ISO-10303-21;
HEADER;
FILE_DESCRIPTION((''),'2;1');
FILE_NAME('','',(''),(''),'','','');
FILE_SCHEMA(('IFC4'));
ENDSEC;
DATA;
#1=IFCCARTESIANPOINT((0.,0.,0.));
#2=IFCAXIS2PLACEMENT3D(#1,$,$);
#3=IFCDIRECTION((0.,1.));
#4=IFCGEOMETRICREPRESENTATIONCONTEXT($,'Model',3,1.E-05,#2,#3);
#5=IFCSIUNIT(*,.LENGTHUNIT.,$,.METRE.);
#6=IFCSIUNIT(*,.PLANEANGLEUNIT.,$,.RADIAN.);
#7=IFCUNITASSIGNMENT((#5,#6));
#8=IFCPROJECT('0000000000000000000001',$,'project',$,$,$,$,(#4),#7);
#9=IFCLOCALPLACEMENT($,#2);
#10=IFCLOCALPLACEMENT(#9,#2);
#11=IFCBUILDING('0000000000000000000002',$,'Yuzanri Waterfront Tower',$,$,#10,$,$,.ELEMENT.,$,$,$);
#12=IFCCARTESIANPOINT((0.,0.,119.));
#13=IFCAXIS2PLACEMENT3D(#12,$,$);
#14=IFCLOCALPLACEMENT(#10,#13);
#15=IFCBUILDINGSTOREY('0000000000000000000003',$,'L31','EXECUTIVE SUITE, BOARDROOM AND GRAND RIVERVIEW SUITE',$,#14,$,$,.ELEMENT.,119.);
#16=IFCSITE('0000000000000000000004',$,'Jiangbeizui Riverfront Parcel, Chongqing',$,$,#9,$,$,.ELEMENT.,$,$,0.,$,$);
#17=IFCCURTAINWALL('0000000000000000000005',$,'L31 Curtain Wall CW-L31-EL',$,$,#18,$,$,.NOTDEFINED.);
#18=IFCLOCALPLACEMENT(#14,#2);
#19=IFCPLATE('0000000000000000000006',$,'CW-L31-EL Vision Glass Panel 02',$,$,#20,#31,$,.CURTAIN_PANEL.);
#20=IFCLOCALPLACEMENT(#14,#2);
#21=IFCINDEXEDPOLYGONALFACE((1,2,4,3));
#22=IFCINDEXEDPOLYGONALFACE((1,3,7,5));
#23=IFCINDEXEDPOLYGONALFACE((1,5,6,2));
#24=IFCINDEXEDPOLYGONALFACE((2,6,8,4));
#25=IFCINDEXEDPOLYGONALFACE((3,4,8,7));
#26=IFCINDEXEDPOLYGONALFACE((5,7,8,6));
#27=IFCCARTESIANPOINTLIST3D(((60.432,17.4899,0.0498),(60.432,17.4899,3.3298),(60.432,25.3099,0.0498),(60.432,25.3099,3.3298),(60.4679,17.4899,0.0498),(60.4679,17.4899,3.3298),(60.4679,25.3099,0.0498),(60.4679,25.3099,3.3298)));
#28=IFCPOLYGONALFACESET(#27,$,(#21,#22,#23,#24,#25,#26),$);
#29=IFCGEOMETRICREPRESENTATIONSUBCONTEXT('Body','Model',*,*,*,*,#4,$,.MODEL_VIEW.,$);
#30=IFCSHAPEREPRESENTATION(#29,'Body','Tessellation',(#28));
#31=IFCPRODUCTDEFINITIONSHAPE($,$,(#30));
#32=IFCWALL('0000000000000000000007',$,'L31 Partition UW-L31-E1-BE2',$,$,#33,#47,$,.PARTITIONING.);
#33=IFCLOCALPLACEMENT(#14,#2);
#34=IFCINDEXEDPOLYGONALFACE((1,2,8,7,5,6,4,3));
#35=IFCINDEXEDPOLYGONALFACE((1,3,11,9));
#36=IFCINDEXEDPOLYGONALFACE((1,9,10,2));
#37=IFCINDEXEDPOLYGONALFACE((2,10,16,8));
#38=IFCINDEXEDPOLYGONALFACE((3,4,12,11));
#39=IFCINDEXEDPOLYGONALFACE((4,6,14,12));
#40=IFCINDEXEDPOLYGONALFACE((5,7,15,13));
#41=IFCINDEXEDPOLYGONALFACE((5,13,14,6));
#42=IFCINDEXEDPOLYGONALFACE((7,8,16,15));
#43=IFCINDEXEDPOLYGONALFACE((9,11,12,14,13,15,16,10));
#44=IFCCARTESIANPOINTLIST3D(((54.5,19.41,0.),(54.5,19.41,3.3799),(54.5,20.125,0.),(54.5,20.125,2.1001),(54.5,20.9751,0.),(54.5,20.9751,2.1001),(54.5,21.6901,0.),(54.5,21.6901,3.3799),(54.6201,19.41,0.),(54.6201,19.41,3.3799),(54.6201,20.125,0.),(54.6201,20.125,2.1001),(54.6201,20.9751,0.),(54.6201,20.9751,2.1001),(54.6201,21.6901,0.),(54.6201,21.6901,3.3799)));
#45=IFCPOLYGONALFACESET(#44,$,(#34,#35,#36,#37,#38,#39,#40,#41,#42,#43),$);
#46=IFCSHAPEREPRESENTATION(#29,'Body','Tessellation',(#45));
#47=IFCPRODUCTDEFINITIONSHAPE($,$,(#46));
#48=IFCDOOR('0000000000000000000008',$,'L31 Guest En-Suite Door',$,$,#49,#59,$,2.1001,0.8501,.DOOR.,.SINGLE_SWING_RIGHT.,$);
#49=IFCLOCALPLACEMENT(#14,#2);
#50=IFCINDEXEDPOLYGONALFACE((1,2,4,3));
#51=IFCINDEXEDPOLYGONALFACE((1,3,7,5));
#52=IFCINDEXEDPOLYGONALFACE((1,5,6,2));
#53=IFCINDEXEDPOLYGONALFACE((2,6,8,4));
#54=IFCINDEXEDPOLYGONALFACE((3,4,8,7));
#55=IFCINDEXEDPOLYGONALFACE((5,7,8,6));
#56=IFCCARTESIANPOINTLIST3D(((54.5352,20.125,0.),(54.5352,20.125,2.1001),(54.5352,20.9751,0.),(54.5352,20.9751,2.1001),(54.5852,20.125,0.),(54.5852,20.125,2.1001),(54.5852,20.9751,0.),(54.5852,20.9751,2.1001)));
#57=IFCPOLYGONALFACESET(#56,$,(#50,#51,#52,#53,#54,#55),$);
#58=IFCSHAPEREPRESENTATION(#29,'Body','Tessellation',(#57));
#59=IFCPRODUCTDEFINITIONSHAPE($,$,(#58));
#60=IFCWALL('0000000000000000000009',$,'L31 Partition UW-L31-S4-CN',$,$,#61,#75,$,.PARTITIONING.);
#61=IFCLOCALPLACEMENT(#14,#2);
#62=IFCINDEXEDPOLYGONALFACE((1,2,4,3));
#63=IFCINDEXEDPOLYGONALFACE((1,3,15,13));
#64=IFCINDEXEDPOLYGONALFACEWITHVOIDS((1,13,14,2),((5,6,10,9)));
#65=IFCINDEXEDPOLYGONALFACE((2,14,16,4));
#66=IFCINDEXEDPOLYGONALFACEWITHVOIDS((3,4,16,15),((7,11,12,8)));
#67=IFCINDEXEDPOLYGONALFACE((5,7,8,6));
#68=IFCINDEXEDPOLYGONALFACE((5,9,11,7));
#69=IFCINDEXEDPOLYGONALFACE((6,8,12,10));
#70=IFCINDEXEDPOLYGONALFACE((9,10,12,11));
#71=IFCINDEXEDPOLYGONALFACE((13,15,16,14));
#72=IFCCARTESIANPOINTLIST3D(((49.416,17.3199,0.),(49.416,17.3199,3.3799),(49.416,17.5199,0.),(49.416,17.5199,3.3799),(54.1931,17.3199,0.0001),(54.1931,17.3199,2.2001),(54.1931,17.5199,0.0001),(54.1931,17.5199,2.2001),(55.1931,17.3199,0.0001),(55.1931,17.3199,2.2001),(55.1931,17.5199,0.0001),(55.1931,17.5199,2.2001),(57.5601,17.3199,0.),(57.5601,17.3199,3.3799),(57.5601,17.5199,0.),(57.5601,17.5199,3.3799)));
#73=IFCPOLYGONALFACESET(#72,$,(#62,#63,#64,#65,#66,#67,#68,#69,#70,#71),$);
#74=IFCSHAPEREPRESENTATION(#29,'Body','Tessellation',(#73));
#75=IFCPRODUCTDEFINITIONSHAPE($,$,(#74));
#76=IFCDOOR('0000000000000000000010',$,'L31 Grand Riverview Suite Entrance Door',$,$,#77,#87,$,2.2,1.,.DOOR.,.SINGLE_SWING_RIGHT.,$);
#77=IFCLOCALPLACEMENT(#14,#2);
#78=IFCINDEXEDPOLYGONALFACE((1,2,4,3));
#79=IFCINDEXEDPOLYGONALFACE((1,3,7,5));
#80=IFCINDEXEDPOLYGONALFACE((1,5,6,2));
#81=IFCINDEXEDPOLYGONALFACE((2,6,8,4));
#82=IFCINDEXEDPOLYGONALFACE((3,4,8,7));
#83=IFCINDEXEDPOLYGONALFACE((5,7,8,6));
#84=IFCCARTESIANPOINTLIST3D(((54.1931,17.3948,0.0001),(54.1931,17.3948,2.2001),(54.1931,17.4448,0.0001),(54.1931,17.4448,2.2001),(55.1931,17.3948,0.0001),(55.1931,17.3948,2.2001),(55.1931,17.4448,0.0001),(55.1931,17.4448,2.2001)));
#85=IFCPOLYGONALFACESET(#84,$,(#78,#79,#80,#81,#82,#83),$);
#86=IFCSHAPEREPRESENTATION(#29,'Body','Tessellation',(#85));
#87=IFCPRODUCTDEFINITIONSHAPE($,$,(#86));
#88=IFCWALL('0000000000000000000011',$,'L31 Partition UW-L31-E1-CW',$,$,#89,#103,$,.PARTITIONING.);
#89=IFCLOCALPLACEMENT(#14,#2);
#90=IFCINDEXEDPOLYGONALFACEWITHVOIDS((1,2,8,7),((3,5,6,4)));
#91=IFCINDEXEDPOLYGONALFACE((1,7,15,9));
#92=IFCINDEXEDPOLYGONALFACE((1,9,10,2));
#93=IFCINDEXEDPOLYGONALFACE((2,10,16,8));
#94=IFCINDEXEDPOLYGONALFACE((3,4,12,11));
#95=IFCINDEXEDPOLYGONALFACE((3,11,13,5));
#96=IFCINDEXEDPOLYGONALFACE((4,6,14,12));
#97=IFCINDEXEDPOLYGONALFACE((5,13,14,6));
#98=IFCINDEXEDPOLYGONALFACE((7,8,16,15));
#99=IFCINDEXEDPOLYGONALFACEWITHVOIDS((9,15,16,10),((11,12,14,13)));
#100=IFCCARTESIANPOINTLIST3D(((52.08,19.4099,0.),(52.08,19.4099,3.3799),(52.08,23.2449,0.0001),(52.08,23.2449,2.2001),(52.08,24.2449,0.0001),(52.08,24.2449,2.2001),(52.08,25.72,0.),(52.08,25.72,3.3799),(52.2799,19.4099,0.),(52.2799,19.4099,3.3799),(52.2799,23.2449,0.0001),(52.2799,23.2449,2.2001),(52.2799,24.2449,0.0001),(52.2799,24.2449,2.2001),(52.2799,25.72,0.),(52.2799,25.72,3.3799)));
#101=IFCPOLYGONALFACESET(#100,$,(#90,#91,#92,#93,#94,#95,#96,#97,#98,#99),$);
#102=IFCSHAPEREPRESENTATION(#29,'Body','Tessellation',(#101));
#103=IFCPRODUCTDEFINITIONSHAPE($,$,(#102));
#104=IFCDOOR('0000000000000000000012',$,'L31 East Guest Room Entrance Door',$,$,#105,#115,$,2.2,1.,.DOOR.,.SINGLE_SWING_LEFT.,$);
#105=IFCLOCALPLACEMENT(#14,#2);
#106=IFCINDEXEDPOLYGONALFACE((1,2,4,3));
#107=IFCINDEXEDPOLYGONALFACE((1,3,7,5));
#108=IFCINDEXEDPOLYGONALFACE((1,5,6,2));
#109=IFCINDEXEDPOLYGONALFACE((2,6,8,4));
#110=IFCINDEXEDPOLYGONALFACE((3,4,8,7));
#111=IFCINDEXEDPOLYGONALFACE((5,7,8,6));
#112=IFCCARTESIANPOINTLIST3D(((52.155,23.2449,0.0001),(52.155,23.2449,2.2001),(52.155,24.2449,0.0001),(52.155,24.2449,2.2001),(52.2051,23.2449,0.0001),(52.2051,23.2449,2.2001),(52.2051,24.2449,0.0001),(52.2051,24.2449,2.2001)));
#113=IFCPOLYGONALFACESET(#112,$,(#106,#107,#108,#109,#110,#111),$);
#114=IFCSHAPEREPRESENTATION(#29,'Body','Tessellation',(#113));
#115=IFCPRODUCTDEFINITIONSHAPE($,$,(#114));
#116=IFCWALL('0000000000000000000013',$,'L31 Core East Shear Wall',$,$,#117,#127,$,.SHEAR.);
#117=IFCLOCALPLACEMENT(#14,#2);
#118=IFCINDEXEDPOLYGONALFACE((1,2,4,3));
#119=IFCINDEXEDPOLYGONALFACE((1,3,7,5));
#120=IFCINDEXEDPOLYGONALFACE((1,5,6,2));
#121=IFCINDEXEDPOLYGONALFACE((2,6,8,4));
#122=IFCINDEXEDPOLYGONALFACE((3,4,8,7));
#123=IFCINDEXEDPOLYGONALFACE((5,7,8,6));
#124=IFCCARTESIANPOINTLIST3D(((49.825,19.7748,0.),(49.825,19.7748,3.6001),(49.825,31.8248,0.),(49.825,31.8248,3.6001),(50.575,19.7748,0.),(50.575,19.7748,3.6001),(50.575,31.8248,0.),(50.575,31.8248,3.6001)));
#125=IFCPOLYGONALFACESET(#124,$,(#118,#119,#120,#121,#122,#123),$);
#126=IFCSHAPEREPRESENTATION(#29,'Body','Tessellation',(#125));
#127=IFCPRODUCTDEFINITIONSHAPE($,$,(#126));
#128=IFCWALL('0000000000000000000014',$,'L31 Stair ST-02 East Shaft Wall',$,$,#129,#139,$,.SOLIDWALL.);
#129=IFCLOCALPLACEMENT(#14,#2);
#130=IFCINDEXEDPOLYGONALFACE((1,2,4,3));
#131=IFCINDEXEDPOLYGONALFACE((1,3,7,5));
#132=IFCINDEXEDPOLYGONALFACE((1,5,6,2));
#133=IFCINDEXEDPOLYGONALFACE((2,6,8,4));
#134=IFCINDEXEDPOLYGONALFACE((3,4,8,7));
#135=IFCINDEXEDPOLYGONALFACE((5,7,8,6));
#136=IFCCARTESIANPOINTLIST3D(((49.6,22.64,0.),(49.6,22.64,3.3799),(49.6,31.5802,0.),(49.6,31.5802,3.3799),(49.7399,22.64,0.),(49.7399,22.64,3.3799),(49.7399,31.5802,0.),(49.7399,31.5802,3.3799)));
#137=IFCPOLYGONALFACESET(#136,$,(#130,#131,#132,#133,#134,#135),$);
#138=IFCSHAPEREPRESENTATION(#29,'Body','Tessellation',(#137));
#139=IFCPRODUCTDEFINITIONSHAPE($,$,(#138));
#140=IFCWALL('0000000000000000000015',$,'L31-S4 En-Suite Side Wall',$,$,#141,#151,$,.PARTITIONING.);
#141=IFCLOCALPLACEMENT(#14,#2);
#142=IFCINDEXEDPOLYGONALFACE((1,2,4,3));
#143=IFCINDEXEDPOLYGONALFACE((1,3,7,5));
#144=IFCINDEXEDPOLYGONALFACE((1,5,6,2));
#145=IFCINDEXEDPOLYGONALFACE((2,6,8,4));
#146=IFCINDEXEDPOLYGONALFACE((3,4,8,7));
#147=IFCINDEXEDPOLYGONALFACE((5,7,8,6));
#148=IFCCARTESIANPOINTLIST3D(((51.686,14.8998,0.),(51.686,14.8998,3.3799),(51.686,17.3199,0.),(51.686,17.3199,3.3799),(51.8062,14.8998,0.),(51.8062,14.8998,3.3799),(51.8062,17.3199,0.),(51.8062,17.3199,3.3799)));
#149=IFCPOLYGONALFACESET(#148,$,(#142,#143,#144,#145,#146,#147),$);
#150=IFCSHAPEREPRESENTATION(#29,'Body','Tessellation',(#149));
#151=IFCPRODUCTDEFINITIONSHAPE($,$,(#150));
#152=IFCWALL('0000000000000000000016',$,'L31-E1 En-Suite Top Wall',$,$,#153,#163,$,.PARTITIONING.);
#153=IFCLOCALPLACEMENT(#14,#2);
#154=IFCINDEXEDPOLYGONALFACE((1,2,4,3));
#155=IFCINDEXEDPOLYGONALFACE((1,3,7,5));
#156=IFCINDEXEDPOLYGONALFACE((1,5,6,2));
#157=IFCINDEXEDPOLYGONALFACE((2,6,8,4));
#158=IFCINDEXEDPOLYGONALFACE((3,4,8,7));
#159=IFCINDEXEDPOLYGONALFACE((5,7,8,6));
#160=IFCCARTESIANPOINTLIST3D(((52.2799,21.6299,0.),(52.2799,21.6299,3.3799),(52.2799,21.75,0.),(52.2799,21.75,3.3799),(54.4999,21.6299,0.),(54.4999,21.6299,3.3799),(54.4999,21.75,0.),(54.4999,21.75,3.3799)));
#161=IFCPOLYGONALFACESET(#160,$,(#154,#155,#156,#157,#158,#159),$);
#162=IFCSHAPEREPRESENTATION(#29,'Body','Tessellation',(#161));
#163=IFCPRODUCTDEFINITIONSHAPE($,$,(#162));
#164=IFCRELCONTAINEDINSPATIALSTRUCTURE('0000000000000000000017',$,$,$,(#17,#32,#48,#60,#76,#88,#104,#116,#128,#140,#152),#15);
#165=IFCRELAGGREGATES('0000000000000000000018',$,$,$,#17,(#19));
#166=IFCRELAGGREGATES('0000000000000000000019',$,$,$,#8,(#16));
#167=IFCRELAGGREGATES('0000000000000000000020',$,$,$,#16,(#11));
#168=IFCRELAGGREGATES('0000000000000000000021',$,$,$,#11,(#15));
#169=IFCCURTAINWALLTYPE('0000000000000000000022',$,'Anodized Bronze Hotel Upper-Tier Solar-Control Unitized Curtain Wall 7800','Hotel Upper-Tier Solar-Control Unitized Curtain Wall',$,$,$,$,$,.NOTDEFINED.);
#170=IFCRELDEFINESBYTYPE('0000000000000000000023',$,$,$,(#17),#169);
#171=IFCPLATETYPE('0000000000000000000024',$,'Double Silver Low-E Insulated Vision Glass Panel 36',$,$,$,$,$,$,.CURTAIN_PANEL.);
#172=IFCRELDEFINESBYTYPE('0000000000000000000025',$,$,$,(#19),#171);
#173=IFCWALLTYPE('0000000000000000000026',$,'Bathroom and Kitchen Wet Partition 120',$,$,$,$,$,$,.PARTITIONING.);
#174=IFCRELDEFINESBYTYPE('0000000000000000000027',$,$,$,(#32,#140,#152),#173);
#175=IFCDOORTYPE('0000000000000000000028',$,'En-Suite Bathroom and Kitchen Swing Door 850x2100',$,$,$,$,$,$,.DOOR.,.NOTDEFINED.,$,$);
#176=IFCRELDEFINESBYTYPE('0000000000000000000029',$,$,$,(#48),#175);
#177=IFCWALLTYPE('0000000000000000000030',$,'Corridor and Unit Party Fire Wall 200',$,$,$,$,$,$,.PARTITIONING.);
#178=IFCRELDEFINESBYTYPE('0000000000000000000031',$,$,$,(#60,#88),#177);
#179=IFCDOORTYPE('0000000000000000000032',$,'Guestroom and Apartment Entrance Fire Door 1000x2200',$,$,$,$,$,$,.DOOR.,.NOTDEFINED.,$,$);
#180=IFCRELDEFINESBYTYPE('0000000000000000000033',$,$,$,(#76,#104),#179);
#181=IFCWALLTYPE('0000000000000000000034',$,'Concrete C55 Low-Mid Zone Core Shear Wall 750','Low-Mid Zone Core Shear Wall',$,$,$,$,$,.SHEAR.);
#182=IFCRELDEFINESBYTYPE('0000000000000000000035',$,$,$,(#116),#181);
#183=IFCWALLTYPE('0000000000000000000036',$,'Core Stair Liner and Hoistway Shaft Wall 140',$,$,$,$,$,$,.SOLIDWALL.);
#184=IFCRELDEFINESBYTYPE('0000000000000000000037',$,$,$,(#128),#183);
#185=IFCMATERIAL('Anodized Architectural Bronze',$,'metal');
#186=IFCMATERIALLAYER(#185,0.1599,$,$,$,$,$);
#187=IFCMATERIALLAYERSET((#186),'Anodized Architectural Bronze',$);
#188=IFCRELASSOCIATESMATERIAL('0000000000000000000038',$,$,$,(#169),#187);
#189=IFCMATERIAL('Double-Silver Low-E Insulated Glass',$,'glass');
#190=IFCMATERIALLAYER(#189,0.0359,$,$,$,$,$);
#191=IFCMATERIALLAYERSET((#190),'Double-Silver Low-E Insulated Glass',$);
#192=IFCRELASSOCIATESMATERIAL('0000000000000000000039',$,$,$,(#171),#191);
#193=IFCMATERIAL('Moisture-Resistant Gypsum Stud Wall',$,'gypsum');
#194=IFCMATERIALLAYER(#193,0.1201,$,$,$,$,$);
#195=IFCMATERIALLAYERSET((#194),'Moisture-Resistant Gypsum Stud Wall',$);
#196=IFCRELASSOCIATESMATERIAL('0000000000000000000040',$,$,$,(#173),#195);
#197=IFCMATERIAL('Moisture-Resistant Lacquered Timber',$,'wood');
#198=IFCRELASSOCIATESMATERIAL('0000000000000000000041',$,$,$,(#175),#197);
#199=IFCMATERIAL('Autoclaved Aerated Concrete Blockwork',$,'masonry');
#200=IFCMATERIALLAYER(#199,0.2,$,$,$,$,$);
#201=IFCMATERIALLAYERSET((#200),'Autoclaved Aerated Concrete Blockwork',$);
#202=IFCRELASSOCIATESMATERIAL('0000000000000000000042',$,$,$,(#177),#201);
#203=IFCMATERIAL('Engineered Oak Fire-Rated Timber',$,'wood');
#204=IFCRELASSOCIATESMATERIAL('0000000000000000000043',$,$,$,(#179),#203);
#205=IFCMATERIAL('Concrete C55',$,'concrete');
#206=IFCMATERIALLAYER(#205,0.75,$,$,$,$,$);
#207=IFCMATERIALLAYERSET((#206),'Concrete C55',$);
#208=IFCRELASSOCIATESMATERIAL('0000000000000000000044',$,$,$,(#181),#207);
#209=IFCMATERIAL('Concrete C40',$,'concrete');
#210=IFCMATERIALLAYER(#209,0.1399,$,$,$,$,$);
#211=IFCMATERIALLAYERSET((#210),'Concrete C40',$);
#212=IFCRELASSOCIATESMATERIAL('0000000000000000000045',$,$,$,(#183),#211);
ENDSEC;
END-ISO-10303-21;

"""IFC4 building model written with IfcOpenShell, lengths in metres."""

from ifc_helpers import new_model, si_unit, direction, frame, frame_2d, origin, origin_2d, place, context, subcontext, project, spatial, rectangle, extrude, source, transform, mapped, material, layer, layer_set, type_object, element, fill, aggregate, save


model = new_model("IFC4")

# Units and contexts
model_context = context("Model", 3, precision=1e-05, world=origin(), true_north=direction((0.0, 1.0)))
body_context = subcontext(model_context, "Body", "Model", "MODEL_VIEW")
ifc_project = project(units=[si_unit("LENGTHUNIT", "METRE"), si_unit("PLANEANGLEUNIT", "RADIAN")], contexts=[model_context])

# Site, building, storey
site_placement = place(None, origin())
site = spatial("IfcSite", under=ifc_project, at=site_placement, Name="Jiangbeizui Riverfront Parcel, Chongqing", CompositionType="ELEMENT", RefElevation=0.0)
building_placement = place(site_placement, origin())
building = spatial("IfcBuilding", under=site, at=building_placement, Name="Yuzanri Waterfront Tower", CompositionType="ELEMENT")
storey_placement = place(building_placement, frame((0.0, 0.0, 119.0)))
storey = spatial("IfcBuildingStorey", under=building, at=storey_placement, Name="L31", Description="EXECUTIVE SUITE, BOARDROOM AND GRAND RIVERVIEW SUITE", CompositionType="ELEMENT", Elevation=119.0)

# Curtain wall, plate
ifc_material_1 = material(Name="Anodized Architectural Bronze", Category="metal")
ifc_layer_1 = layer(ifc_material_1, 0.1599)
ifc_layer_set_1 = layer_set([ifc_layer_1], Name="Anodized Architectural Bronze")
curtain_wall_type = type_object("IfcCurtainWallType", Name="Anodized Bronze Hotel Upper-Tier Solar-Control Unitized Curtain Wall 7800", Description="Hotel Upper-Tier Solar-Control Unitized Curtain Wall", PredefinedType="NOTDEFINED", material=ifc_layer_set_1)
curtain_wall_placement = place(storey_placement, origin())
curtain_wall = element("IfcCurtainWall", 1, at=curtain_wall_placement, inside=storey, type_object=curtain_wall_type, Name="L31 Curtain Wall CW-L31-EL", PredefinedType="NOTDEFINED")
ifc_material_2 = material(Name="Double-Silver Low-E Insulated Glass", Category="glass")
ifc_layer_2 = layer(ifc_material_2, 0.0359)
ifc_layer_set_2 = layer_set([ifc_layer_2], Name="Double-Silver Low-E Insulated Glass")
plate_type = type_object("IfcPlateType", Name="Double Silver Low-E Insulated Vision Glass Panel 36", PredefinedType="CURTAIN_PANEL", material=ifc_layer_set_2)
shared_shape_1 = source(origin(), body_context, "Body", "SweptSolid", [
    extrude(rectangle(XDim=7.8201, YDim=0.0359, at=origin_2d()), origin(), (0.0, 0.0, 1.0), 3.28),
])
plate_placement = place(storey_placement, frame((60.45, 21.3999, 0.0498), z_axis=(0.0, 0.0, 1.0), x_axis=(0.0, 1.0, 0.0)))
plate = element("IfcPlate", 2, at=plate_placement, type_object=plate_type, Name="CW-L31-EL Vision Glass Panel 02", PredefinedType="CURTAIN_PANEL", context=body_context, shape_type="MappedRepresentation", body=[
    mapped(shared_shape_1, transform((0.0, 0.0, 0.0), scale=1.0)),
])
aggregate(curtain_wall, [plate])

# Walls, openings, doors
ifc_material_3 = material(Name="Moisture-Resistant Gypsum Stud Wall", Category="gypsum")
ifc_layer_3 = layer(ifc_material_3, 0.1201)
ifc_layer_set_3 = layer_set([ifc_layer_3], Name="Moisture-Resistant Gypsum Stud Wall")
wall_type_1 = type_object("IfcWallType", Name="Bathroom and Kitchen Wet Partition 120", PredefinedType="PARTITIONING", material=ifc_layer_set_3)
wall_1_placement = place(storey_placement, frame((54.5601, 19.4099, 0.0), z_axis=(0.0, 0.0, 1.0), x_axis=(0.0, 1.0, 0.0)))
wall_1 = element("IfcWall", 3, at=wall_1_placement, inside=storey, type_object=wall_type_1, Name="L31 Partition UW-L31-E1-BE2", PredefinedType="PARTITIONING", context=body_context, shape_type="SweptSolid", body=[
    extrude(rectangle(XDim=2.28, YDim=0.1201, at=frame_2d((1.1401, 0.0))), origin(), (0.0, 0.0, 1.0), 3.3799),
])
opening_1_placement = place(wall_1_placement, frame((0.7151, 0.0, 0.0)))
opening_1 = element("IfcOpeningElement", 4, at=opening_1_placement, cuts=wall_1, PredefinedType="OPENING", context=body_context, shape_type="SweptSolid", body=[
    extrude(rectangle(XDim=0.8501, YDim=2.1001, at=frame_2d((0.425, 1.05))), frame((0.0, 0.075, 0.0), z_axis=(0.0, -1.0, 0.0), x_axis=(1.0, 0.0, 0.0)), (0.0, 0.0, 1.0), 0.1499),
])
ifc_material_4 = material(Name="Moisture-Resistant Lacquered Timber", Category="wood")
door_type_1 = type_object("IfcDoorType", Name="En-Suite Bathroom and Kitchen Swing Door 850x2100", OperationType="NOTDEFINED", PredefinedType="DOOR", material=ifc_material_4)
shared_shape_2 = source(origin(), body_context, "Body", "SweptSolid", [
    extrude(rectangle(XDim=0.8501, YDim=2.1001, at=frame_2d((0.425, 1.05))), frame((0.0, 0.0249, 0.0), z_axis=(0.0, -1.0, 0.0), x_axis=(1.0, 0.0, 0.0)), (0.0, 0.0, 1.0), 0.05),
])
door_1_placement = place(opening_1_placement, origin())
door_1 = element("IfcDoor", 5, at=door_1_placement, inside=storey, type_object=door_type_1, Name="L31 Guest En-Suite Door", OperationType="SINGLE_SWING_RIGHT", OverallHeight=2.1001, OverallWidth=0.8501, PredefinedType="DOOR", context=body_context, shape_type="MappedRepresentation", body=[
    mapped(shared_shape_2, transform((0.0, 0.0, 0.0), scale=1.0)),
])
fill(opening_1, door_1)
ifc_material_5 = material(Name="Autoclaved Aerated Concrete Blockwork", Category="masonry")
ifc_layer_4 = layer(ifc_material_5, 0.2)
ifc_layer_set_4 = layer_set([ifc_layer_4], Name="Autoclaved Aerated Concrete Blockwork")
wall_type_2 = type_object("IfcWallType", Name="Corridor and Unit Party Fire Wall 200", PredefinedType="PARTITIONING", material=ifc_layer_set_4)
wall_2_placement = place(storey_placement, frame((49.416, 17.4199, 0.0), z_axis=(0.0, 0.0, 1.0), x_axis=(1.0, 0.0, 0.0)))
wall_2 = element("IfcWall", 6, at=wall_2_placement, inside=storey, type_object=wall_type_2, Name="L31 Partition UW-L31-S4-CN", PredefinedType="PARTITIONING", context=body_context, shape_type="SweptSolid", body=[
    extrude(rectangle(XDim=8.144, YDim=0.2, at=frame_2d((4.072, 0.0))), origin(), (0.0, 0.0, 1.0), 3.3799),
])
opening_2_placement = place(wall_2_placement, frame((4.7771, 0.0, 0.0)))
opening_2 = element("IfcOpeningElement", 7, at=opening_2_placement, cuts=wall_2, PredefinedType="OPENING", context=body_context, shape_type="SweptSolid", body=[
    extrude(rectangle(XDim=1.0, YDim=2.2, at=frame_2d((0.5, 1.1001))), frame((0.0, 0.1147, 0.0), z_axis=(0.0, -1.0, 0.0), x_axis=(1.0, 0.0, 0.0)), (0.0, 0.0, 1.0), 0.2297),
])
ifc_material_6 = material(Name="Engineered Oak Fire-Rated Timber", Category="wood")
door_type_2 = type_object("IfcDoorType", Name="Guestroom and Apartment Entrance Fire Door 1000x2200", OperationType="NOTDEFINED", PredefinedType="DOOR", material=ifc_material_6)
shared_shape_3 = source(origin(), body_context, "Body", "SweptSolid", [
    extrude(rectangle(XDim=1.0, YDim=2.2, at=frame_2d((0.5, 1.1001))), frame((0.0, 0.0249, 0.0), z_axis=(0.0, -1.0, 0.0), x_axis=(1.0, 0.0, 0.0)), (0.0, 0.0, 1.0), 0.05),
])
door_2_placement = place(opening_2_placement, origin())
door_2 = element("IfcDoor", 8, at=door_2_placement, inside=storey, type_object=door_type_2, Name="L31 Grand Riverview Suite Entrance Door", OperationType="SINGLE_SWING_RIGHT", OverallHeight=2.2, OverallWidth=1.0, PredefinedType="DOOR", context=body_context, shape_type="MappedRepresentation", body=[
    mapped(shared_shape_3, transform((0.0, 0.0, 0.0), scale=1.0)),
])
fill(opening_2, door_2)
wall_3_placement = place(storey_placement, frame((52.1799, 19.4099, 0.0), z_axis=(0.0, 0.0, 1.0), x_axis=(0.0, 1.0, 0.0)))
wall_3 = element("IfcWall", 9, at=wall_3_placement, inside=storey, type_object=wall_type_2, Name="L31 Partition UW-L31-E1-CW", PredefinedType="PARTITIONING", context=body_context, shape_type="SweptSolid", body=[
    extrude(rectangle(XDim=6.3101, YDim=0.2, at=frame_2d((3.155, 0.0))), origin(), (0.0, 0.0, 1.0), 3.3799),
])
opening_3_placement = place(wall_3_placement, frame((3.835, 0.0, 0.0)))
opening_3 = element("IfcOpeningElement", 10, at=opening_3_placement, cuts=wall_3, PredefinedType="OPENING", context=body_context, shape_type="SweptSolid", body=[
    extrude(rectangle(XDim=1.0, YDim=2.2, at=frame_2d((0.5, 1.1001))), frame((0.0, 0.1147, 0.0), z_axis=(0.0, -1.0, 0.0), x_axis=(1.0, 0.0, 0.0)), (0.0, 0.0, 1.0), 0.2297),
])
door_3_placement = place(opening_3_placement, origin())
door_3 = element("IfcDoor", 11, at=door_3_placement, inside=storey, type_object=door_type_2, Name="L31 East Guest Room Entrance Door", OperationType="SINGLE_SWING_LEFT", OverallHeight=2.2, OverallWidth=1.0, PredefinedType="DOOR", context=body_context, shape_type="MappedRepresentation", body=[
    mapped(shared_shape_3, transform((0.0, 0.0, 0.0), scale=1.0)),
])
fill(opening_3, door_3)

# Walls
ifc_material_7 = material(Name="Concrete C55", Category="concrete")
ifc_layer_5 = layer(ifc_material_7, 0.75)
ifc_layer_set_5 = layer_set([ifc_layer_5], Name="Concrete C55")
wall_type_3 = type_object("IfcWallType", Name="Concrete C55 Low-Mid Zone Core Shear Wall 750", Description="Low-Mid Zone Core Shear Wall", PredefinedType="SHEAR", material=ifc_layer_set_5)
shared_shape_4 = source(origin(), body_context, "Body", "SweptSolid", [
    extrude(rectangle(XDim=12.05, YDim=0.75, at=frame_2d((6.0249, 0.0))), origin(), (0.0, 0.0, 1.0), 3.6001),
])
wall_4_placement = place(storey_placement, frame((50.2, 19.7749, 0.0), z_axis=(0.0, 0.0, 1.0), x_axis=(0.0, 1.0, 0.0)))
element("IfcWall", 12, at=wall_4_placement, inside=storey, type_object=wall_type_3, Name="L31 Core East Shear Wall", PredefinedType="SHEAR", context=body_context, shape_type="MappedRepresentation", body=[
    mapped(shared_shape_4, transform((0.0, 0.0, 0.0), scale=1.0)),
])
ifc_material_8 = material(Name="Concrete C40", Category="concrete")
ifc_layer_6 = layer(ifc_material_8, 0.1399)
ifc_layer_set_6 = layer_set([ifc_layer_6], Name="Concrete C40")
wall_type_4 = type_object("IfcWallType", Name="Core Stair Liner and Hoistway Shaft Wall 140", PredefinedType="SOLIDWALL", material=ifc_layer_set_6)
shared_shape_5 = source(origin(), body_context, "Body", "SweptSolid", [
    extrude(rectangle(XDim=8.9402, YDim=0.1399, at=frame_2d((4.4702, 0.0))), origin(), (0.0, 0.0, 1.0), 3.3799),
])
wall_5_placement = place(storey_placement, frame((49.6699, 22.6399, 0.0), z_axis=(0.0, 0.0, 1.0), x_axis=(0.0, 1.0, 0.0)))
element("IfcWall", 13, at=wall_5_placement, inside=storey, type_object=wall_type_4, Name="L31 Stair ST-02 East Shaft Wall", PredefinedType="SOLIDWALL", context=body_context, shape_type="MappedRepresentation", body=[
    mapped(shared_shape_5, transform((0.0, 0.0, 0.0), scale=1.0)),
])
shared_shape_6 = source(origin(), body_context, "Body", "SweptSolid", [
    extrude(rectangle(XDim=2.4202, YDim=0.1201, at=frame_2d((1.21, 0.0))), origin(), (0.0, 0.0, 1.0), 3.3799),
])
wall_6_placement = place(storey_placement, frame((51.7461, 14.8999, 0.0), z_axis=(0.0, 0.0, 1.0), x_axis=(0.0, 1.0, 0.0)))
element("IfcWall", 14, at=wall_6_placement, inside=storey, type_object=wall_type_1, Name="L31-S4 En-Suite Side Wall", PredefinedType="PARTITIONING", context=body_context, shape_type="MappedRepresentation", body=[
    mapped(shared_shape_6, transform((0.0, 0.0, 0.0), scale=1.0)),
])
shared_shape_7 = source(origin(), body_context, "Body", "SweptSolid", [
    extrude(rectangle(XDim=2.22, YDim=0.1201, at=frame_2d((1.1099, 0.0))), origin(), (0.0, 0.0, 1.0), 3.3799),
])
wall_7_placement = place(storey_placement, frame((52.28, 21.6899, 0.0), z_axis=(0.0, 0.0, 1.0), x_axis=(1.0, 0.0, 0.0)))
element("IfcWall", 15, at=wall_7_placement, inside=storey, type_object=wall_type_1, Name="L31-E1 En-Suite Top Wall", PredefinedType="PARTITIONING", context=body_context, shape_type="MappedRepresentation", body=[
    mapped(shared_shape_7, transform((0.0, 0.0, 0.0), scale=1.0)),
])

save(model, "model.ifc")
